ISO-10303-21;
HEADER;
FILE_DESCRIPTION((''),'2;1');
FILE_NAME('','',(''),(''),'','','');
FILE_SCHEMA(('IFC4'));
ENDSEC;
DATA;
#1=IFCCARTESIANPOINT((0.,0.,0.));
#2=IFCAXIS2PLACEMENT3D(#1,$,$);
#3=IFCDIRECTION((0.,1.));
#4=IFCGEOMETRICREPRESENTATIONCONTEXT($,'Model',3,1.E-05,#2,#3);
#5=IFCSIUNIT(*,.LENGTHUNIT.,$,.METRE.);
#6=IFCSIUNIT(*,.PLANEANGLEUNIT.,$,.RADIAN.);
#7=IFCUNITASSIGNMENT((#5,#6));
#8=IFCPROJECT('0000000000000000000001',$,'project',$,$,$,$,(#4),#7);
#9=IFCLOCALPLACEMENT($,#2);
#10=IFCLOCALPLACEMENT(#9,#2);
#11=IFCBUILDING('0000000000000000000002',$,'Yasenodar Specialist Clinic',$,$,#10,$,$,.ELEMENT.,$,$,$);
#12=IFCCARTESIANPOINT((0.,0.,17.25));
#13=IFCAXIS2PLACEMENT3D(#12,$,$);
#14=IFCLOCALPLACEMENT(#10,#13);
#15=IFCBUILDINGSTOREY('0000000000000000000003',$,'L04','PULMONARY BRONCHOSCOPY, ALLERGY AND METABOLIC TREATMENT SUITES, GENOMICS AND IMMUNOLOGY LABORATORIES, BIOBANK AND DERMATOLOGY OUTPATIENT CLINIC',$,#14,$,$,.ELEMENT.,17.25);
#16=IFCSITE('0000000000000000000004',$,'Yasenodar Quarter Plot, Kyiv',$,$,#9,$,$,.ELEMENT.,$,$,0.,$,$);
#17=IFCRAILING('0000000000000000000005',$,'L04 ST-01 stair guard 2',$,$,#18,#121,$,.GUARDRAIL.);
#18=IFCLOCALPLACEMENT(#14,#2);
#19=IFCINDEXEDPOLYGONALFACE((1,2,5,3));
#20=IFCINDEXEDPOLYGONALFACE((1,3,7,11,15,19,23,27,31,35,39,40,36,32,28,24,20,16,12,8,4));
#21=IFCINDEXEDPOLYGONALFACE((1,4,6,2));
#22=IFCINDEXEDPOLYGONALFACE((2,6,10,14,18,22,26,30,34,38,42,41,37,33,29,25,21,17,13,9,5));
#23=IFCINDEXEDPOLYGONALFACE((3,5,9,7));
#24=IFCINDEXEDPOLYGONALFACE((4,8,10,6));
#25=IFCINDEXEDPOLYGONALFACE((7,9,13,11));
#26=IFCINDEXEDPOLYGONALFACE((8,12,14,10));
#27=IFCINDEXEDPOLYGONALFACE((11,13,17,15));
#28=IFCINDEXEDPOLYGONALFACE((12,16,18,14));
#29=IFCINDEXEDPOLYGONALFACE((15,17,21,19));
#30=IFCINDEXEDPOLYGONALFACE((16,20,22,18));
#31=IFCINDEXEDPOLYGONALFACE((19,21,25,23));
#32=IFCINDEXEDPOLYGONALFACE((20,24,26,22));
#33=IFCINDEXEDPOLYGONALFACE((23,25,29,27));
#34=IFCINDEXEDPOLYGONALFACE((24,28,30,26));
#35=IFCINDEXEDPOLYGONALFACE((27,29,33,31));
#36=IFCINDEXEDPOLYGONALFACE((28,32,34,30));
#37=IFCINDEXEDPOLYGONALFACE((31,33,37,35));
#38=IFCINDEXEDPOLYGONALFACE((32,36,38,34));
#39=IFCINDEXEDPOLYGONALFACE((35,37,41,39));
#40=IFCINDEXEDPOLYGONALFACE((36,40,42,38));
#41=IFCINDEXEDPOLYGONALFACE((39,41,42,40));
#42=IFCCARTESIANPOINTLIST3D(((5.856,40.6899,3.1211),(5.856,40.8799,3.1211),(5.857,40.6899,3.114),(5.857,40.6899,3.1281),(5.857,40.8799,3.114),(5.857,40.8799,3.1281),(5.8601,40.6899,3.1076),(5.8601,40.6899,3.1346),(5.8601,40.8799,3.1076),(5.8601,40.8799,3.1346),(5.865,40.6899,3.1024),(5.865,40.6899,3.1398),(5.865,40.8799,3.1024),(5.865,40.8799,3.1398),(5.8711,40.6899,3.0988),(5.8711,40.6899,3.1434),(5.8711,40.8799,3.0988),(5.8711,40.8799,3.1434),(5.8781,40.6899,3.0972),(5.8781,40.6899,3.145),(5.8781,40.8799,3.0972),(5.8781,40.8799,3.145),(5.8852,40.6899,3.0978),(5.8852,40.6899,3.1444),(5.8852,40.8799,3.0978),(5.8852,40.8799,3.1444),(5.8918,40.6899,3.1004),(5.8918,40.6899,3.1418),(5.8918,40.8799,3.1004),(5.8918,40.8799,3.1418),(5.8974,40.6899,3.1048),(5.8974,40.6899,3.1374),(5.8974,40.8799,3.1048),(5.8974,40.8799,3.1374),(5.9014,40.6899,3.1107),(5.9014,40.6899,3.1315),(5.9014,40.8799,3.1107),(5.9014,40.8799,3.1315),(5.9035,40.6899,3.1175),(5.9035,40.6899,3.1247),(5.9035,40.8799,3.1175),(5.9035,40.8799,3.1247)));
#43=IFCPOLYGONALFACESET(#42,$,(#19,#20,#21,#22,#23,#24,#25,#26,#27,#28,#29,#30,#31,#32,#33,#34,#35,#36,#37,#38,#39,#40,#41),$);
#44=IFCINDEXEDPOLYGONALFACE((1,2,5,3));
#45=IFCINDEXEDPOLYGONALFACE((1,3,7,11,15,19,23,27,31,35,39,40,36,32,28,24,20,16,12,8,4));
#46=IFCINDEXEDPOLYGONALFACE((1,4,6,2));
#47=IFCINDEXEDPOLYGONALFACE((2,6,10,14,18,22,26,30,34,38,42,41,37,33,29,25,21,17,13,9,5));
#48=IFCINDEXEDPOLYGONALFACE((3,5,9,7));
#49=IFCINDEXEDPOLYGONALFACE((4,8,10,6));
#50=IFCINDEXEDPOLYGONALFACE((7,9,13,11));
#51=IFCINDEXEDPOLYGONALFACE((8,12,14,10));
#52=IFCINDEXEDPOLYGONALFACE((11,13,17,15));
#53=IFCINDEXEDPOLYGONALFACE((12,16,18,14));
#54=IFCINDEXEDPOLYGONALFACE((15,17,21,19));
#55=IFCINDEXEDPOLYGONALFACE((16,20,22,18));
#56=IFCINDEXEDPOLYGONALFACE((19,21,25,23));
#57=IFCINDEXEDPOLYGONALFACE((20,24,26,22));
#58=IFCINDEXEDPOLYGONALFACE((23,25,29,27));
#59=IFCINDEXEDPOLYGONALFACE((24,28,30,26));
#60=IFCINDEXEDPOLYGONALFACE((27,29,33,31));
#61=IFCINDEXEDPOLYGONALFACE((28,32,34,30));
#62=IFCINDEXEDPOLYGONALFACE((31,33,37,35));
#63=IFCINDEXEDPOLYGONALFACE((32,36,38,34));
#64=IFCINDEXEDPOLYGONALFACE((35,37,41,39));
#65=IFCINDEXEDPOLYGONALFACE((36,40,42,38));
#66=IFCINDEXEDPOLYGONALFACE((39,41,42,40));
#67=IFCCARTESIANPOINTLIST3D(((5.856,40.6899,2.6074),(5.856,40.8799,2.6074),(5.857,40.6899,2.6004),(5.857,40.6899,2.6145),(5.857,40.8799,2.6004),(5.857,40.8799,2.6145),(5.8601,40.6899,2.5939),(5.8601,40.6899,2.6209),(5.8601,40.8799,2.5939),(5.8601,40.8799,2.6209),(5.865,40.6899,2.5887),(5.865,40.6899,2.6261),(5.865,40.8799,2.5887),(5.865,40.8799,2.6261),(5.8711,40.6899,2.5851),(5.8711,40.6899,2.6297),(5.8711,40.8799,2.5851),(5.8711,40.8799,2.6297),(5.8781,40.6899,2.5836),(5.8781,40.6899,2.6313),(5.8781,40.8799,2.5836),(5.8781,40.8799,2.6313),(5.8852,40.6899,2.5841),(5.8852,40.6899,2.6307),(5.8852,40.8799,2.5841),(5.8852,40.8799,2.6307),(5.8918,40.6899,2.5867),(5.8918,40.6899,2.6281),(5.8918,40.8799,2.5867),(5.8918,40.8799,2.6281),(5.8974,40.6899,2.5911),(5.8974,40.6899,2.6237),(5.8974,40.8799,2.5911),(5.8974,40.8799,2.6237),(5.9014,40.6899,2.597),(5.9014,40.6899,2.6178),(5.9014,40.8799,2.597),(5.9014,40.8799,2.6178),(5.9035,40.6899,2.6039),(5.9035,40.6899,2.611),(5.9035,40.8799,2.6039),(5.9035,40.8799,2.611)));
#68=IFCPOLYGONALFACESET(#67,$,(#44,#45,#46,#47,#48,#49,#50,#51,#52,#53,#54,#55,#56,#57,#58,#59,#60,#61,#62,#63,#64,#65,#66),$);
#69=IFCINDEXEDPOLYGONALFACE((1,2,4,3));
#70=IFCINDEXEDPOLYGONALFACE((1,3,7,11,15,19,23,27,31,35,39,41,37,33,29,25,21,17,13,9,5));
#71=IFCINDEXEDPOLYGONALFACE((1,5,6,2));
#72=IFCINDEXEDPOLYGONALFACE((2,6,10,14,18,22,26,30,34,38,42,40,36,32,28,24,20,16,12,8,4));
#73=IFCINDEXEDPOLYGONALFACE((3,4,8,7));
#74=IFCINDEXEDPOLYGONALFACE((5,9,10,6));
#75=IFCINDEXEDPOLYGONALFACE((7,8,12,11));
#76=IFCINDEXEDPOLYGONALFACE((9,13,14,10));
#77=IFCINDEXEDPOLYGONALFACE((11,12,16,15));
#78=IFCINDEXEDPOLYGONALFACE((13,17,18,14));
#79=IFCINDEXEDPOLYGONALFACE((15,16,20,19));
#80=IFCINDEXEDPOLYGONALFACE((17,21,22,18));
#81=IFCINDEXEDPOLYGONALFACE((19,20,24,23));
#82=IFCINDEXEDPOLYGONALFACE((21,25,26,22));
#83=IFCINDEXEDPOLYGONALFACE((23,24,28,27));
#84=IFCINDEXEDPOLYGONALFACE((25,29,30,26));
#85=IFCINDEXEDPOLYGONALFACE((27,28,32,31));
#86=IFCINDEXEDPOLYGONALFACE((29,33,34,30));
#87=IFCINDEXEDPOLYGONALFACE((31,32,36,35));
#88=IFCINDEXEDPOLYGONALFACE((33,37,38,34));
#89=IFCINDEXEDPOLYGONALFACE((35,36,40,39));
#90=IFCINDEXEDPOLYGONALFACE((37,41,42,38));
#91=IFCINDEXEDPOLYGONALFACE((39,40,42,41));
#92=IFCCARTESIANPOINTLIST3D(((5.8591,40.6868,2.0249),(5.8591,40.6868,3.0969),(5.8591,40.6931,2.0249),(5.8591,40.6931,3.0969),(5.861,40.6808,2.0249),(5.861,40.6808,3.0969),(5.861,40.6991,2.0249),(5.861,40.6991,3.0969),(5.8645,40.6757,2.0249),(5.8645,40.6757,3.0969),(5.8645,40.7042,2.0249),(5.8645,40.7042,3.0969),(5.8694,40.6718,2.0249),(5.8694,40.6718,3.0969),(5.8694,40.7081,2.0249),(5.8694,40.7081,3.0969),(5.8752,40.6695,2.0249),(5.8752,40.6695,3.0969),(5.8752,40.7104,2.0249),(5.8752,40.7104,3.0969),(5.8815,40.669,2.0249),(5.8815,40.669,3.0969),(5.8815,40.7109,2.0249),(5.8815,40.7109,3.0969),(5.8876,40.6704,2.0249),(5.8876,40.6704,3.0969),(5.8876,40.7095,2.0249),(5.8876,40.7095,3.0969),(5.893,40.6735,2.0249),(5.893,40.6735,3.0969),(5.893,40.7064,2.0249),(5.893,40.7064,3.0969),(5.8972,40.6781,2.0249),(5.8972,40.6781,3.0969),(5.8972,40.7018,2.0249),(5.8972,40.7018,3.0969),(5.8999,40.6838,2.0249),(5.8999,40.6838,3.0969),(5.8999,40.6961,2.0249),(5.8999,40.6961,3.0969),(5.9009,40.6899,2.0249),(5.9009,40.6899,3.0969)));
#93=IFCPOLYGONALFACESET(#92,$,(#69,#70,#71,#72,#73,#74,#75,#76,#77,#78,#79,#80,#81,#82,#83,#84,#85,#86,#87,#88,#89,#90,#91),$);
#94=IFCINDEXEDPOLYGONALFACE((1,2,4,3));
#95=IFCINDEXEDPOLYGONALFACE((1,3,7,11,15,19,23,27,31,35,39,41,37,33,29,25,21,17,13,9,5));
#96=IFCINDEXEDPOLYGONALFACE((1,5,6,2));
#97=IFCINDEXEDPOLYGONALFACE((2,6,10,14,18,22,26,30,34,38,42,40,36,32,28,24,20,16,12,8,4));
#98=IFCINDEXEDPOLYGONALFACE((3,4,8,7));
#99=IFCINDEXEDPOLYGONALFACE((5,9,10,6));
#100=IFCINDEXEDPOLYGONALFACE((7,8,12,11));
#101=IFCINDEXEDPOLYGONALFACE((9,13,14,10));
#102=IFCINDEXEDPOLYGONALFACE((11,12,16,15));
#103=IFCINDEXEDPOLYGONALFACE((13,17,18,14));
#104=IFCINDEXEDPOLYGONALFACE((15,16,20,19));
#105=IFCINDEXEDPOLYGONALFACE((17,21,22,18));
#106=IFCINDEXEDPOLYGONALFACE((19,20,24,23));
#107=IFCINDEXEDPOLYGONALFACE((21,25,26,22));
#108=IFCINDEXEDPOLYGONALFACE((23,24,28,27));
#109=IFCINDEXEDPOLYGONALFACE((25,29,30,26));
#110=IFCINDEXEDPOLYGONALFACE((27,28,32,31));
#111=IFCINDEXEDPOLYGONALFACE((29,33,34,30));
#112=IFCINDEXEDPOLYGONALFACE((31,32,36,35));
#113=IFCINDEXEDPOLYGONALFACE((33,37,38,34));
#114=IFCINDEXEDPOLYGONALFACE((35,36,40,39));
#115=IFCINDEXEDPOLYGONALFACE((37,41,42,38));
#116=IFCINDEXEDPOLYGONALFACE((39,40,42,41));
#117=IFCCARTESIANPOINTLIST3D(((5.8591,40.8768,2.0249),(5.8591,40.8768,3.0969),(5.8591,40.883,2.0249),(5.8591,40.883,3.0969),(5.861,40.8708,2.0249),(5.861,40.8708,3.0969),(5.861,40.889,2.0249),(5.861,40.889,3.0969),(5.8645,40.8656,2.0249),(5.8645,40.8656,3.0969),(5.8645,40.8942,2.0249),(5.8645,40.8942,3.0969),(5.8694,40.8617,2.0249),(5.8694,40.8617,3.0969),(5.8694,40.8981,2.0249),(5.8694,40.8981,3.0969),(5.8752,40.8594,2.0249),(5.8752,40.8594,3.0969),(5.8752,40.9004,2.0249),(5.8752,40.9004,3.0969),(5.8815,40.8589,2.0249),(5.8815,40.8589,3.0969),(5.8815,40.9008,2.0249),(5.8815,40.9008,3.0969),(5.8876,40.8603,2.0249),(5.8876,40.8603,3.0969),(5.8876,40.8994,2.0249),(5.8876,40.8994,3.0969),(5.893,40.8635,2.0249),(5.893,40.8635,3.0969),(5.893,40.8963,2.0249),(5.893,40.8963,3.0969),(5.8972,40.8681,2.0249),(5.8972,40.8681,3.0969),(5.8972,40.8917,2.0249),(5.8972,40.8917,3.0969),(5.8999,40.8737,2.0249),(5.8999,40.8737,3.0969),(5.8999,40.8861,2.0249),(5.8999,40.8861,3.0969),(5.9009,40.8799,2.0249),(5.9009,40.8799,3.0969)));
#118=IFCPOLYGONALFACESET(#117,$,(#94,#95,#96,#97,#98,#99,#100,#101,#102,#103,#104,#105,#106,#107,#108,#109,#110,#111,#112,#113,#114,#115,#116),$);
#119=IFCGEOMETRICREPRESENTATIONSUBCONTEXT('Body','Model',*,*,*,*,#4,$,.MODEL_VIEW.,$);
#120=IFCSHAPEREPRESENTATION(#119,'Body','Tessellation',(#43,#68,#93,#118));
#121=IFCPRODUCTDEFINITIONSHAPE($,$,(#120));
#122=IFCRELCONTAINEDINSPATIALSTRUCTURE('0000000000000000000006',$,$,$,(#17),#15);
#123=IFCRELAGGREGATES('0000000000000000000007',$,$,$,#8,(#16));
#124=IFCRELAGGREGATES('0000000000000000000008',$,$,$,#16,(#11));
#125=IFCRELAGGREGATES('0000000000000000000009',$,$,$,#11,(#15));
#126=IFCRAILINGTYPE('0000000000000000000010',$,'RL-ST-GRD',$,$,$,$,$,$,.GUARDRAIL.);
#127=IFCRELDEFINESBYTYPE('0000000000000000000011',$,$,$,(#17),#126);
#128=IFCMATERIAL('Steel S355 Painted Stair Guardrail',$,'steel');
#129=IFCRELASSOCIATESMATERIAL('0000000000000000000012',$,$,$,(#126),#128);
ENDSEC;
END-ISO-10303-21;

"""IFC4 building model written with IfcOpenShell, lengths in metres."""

from ifc_helpers import new_model, si_unit, direction, frame, origin, origin_2d, place, context, subcontext, project, spatial, circle, extrude, material, type_object, element, save


model = new_model("IFC4")

# Units and contexts
model_context = context("Model", 3, precision=1e-05, world=origin(), true_north=direction((0.0, 1.0)))
body_context = subcontext(model_context, "Body", "Model", "MODEL_VIEW")
ifc_project = project(units=[si_unit("LENGTHUNIT", "METRE"), si_unit("PLANEANGLEUNIT", "RADIAN")], contexts=[model_context])

# Site, building, storey
site_placement = place(None, origin())
site = spatial("IfcSite", under=ifc_project, at=site_placement, Name="Yasenodar Quarter Plot, Kyiv", CompositionType="ELEMENT", RefElevation=0.0)
building_placement = place(site_placement, origin())
building = spatial("IfcBuilding", under=site, at=building_placement, Name="Yasenodar Specialist Clinic", CompositionType="ELEMENT")
storey_placement = place(building_placement, frame((0.0, 0.0, 17.25)))
storey = spatial("IfcBuildingStorey", under=building, at=storey_placement, Name="L04", Description="PULMONARY BRONCHOSCOPY, ALLERGY AND METABOLIC TREATMENT SUITES, GENOMICS AND IMMUNOLOGY LABORATORIES, BIOBANK AND DERMATOLOGY OUTPATIENT CLINIC", CompositionType="ELEMENT", Elevation=17.25)

# Railing
ifc_material_1 = material(Name="Steel S355 Painted Stair Guardrail", Category="steel")
railing_type_1 = type_object("IfcRailingType", Name="RL-ST-GRD", PredefinedType="GUARDRAIL", material=ifc_material_1)
railing_1_placement = place(storey_placement, frame((5.8799, 40.6899, 2.0249)))
element("IfcRailing", 1, at=railing_1_placement, inside=storey, type_object=railing_type_1, Name="L04 ST-01 stair guard 2", PredefinedType="GUARDRAIL", context=body_context, shape_type="SweptSolid", body=[
    extrude(circle(Radius=0.0239, at=origin_2d()), frame((0.0, 0.0, 1.0962), z_axis=(0.0, 1.0, 0.0), x_axis=(-1.0, 0.0, 0.0)), (0.0, 0.0, 1.0), 0.1899),
    extrude(circle(Radius=0.0239, at=origin_2d()), frame((0.0, 0.0, 0.5825), z_axis=(0.0, 1.0, 0.0), x_axis=(-1.0, 0.0, 0.0)), (0.0, 0.0, 1.0), 0.1899),
    extrude(circle(Radius=0.021, at=origin_2d()), origin(), (0.0, 0.0, 1.0), 1.072),
    extrude(circle(Radius=0.021, at=origin_2d()), frame((0.0, 0.1899, 0.0)), (0.0, 0.0, 1.0), 1.072),
])

save(model, "model.ifc")
